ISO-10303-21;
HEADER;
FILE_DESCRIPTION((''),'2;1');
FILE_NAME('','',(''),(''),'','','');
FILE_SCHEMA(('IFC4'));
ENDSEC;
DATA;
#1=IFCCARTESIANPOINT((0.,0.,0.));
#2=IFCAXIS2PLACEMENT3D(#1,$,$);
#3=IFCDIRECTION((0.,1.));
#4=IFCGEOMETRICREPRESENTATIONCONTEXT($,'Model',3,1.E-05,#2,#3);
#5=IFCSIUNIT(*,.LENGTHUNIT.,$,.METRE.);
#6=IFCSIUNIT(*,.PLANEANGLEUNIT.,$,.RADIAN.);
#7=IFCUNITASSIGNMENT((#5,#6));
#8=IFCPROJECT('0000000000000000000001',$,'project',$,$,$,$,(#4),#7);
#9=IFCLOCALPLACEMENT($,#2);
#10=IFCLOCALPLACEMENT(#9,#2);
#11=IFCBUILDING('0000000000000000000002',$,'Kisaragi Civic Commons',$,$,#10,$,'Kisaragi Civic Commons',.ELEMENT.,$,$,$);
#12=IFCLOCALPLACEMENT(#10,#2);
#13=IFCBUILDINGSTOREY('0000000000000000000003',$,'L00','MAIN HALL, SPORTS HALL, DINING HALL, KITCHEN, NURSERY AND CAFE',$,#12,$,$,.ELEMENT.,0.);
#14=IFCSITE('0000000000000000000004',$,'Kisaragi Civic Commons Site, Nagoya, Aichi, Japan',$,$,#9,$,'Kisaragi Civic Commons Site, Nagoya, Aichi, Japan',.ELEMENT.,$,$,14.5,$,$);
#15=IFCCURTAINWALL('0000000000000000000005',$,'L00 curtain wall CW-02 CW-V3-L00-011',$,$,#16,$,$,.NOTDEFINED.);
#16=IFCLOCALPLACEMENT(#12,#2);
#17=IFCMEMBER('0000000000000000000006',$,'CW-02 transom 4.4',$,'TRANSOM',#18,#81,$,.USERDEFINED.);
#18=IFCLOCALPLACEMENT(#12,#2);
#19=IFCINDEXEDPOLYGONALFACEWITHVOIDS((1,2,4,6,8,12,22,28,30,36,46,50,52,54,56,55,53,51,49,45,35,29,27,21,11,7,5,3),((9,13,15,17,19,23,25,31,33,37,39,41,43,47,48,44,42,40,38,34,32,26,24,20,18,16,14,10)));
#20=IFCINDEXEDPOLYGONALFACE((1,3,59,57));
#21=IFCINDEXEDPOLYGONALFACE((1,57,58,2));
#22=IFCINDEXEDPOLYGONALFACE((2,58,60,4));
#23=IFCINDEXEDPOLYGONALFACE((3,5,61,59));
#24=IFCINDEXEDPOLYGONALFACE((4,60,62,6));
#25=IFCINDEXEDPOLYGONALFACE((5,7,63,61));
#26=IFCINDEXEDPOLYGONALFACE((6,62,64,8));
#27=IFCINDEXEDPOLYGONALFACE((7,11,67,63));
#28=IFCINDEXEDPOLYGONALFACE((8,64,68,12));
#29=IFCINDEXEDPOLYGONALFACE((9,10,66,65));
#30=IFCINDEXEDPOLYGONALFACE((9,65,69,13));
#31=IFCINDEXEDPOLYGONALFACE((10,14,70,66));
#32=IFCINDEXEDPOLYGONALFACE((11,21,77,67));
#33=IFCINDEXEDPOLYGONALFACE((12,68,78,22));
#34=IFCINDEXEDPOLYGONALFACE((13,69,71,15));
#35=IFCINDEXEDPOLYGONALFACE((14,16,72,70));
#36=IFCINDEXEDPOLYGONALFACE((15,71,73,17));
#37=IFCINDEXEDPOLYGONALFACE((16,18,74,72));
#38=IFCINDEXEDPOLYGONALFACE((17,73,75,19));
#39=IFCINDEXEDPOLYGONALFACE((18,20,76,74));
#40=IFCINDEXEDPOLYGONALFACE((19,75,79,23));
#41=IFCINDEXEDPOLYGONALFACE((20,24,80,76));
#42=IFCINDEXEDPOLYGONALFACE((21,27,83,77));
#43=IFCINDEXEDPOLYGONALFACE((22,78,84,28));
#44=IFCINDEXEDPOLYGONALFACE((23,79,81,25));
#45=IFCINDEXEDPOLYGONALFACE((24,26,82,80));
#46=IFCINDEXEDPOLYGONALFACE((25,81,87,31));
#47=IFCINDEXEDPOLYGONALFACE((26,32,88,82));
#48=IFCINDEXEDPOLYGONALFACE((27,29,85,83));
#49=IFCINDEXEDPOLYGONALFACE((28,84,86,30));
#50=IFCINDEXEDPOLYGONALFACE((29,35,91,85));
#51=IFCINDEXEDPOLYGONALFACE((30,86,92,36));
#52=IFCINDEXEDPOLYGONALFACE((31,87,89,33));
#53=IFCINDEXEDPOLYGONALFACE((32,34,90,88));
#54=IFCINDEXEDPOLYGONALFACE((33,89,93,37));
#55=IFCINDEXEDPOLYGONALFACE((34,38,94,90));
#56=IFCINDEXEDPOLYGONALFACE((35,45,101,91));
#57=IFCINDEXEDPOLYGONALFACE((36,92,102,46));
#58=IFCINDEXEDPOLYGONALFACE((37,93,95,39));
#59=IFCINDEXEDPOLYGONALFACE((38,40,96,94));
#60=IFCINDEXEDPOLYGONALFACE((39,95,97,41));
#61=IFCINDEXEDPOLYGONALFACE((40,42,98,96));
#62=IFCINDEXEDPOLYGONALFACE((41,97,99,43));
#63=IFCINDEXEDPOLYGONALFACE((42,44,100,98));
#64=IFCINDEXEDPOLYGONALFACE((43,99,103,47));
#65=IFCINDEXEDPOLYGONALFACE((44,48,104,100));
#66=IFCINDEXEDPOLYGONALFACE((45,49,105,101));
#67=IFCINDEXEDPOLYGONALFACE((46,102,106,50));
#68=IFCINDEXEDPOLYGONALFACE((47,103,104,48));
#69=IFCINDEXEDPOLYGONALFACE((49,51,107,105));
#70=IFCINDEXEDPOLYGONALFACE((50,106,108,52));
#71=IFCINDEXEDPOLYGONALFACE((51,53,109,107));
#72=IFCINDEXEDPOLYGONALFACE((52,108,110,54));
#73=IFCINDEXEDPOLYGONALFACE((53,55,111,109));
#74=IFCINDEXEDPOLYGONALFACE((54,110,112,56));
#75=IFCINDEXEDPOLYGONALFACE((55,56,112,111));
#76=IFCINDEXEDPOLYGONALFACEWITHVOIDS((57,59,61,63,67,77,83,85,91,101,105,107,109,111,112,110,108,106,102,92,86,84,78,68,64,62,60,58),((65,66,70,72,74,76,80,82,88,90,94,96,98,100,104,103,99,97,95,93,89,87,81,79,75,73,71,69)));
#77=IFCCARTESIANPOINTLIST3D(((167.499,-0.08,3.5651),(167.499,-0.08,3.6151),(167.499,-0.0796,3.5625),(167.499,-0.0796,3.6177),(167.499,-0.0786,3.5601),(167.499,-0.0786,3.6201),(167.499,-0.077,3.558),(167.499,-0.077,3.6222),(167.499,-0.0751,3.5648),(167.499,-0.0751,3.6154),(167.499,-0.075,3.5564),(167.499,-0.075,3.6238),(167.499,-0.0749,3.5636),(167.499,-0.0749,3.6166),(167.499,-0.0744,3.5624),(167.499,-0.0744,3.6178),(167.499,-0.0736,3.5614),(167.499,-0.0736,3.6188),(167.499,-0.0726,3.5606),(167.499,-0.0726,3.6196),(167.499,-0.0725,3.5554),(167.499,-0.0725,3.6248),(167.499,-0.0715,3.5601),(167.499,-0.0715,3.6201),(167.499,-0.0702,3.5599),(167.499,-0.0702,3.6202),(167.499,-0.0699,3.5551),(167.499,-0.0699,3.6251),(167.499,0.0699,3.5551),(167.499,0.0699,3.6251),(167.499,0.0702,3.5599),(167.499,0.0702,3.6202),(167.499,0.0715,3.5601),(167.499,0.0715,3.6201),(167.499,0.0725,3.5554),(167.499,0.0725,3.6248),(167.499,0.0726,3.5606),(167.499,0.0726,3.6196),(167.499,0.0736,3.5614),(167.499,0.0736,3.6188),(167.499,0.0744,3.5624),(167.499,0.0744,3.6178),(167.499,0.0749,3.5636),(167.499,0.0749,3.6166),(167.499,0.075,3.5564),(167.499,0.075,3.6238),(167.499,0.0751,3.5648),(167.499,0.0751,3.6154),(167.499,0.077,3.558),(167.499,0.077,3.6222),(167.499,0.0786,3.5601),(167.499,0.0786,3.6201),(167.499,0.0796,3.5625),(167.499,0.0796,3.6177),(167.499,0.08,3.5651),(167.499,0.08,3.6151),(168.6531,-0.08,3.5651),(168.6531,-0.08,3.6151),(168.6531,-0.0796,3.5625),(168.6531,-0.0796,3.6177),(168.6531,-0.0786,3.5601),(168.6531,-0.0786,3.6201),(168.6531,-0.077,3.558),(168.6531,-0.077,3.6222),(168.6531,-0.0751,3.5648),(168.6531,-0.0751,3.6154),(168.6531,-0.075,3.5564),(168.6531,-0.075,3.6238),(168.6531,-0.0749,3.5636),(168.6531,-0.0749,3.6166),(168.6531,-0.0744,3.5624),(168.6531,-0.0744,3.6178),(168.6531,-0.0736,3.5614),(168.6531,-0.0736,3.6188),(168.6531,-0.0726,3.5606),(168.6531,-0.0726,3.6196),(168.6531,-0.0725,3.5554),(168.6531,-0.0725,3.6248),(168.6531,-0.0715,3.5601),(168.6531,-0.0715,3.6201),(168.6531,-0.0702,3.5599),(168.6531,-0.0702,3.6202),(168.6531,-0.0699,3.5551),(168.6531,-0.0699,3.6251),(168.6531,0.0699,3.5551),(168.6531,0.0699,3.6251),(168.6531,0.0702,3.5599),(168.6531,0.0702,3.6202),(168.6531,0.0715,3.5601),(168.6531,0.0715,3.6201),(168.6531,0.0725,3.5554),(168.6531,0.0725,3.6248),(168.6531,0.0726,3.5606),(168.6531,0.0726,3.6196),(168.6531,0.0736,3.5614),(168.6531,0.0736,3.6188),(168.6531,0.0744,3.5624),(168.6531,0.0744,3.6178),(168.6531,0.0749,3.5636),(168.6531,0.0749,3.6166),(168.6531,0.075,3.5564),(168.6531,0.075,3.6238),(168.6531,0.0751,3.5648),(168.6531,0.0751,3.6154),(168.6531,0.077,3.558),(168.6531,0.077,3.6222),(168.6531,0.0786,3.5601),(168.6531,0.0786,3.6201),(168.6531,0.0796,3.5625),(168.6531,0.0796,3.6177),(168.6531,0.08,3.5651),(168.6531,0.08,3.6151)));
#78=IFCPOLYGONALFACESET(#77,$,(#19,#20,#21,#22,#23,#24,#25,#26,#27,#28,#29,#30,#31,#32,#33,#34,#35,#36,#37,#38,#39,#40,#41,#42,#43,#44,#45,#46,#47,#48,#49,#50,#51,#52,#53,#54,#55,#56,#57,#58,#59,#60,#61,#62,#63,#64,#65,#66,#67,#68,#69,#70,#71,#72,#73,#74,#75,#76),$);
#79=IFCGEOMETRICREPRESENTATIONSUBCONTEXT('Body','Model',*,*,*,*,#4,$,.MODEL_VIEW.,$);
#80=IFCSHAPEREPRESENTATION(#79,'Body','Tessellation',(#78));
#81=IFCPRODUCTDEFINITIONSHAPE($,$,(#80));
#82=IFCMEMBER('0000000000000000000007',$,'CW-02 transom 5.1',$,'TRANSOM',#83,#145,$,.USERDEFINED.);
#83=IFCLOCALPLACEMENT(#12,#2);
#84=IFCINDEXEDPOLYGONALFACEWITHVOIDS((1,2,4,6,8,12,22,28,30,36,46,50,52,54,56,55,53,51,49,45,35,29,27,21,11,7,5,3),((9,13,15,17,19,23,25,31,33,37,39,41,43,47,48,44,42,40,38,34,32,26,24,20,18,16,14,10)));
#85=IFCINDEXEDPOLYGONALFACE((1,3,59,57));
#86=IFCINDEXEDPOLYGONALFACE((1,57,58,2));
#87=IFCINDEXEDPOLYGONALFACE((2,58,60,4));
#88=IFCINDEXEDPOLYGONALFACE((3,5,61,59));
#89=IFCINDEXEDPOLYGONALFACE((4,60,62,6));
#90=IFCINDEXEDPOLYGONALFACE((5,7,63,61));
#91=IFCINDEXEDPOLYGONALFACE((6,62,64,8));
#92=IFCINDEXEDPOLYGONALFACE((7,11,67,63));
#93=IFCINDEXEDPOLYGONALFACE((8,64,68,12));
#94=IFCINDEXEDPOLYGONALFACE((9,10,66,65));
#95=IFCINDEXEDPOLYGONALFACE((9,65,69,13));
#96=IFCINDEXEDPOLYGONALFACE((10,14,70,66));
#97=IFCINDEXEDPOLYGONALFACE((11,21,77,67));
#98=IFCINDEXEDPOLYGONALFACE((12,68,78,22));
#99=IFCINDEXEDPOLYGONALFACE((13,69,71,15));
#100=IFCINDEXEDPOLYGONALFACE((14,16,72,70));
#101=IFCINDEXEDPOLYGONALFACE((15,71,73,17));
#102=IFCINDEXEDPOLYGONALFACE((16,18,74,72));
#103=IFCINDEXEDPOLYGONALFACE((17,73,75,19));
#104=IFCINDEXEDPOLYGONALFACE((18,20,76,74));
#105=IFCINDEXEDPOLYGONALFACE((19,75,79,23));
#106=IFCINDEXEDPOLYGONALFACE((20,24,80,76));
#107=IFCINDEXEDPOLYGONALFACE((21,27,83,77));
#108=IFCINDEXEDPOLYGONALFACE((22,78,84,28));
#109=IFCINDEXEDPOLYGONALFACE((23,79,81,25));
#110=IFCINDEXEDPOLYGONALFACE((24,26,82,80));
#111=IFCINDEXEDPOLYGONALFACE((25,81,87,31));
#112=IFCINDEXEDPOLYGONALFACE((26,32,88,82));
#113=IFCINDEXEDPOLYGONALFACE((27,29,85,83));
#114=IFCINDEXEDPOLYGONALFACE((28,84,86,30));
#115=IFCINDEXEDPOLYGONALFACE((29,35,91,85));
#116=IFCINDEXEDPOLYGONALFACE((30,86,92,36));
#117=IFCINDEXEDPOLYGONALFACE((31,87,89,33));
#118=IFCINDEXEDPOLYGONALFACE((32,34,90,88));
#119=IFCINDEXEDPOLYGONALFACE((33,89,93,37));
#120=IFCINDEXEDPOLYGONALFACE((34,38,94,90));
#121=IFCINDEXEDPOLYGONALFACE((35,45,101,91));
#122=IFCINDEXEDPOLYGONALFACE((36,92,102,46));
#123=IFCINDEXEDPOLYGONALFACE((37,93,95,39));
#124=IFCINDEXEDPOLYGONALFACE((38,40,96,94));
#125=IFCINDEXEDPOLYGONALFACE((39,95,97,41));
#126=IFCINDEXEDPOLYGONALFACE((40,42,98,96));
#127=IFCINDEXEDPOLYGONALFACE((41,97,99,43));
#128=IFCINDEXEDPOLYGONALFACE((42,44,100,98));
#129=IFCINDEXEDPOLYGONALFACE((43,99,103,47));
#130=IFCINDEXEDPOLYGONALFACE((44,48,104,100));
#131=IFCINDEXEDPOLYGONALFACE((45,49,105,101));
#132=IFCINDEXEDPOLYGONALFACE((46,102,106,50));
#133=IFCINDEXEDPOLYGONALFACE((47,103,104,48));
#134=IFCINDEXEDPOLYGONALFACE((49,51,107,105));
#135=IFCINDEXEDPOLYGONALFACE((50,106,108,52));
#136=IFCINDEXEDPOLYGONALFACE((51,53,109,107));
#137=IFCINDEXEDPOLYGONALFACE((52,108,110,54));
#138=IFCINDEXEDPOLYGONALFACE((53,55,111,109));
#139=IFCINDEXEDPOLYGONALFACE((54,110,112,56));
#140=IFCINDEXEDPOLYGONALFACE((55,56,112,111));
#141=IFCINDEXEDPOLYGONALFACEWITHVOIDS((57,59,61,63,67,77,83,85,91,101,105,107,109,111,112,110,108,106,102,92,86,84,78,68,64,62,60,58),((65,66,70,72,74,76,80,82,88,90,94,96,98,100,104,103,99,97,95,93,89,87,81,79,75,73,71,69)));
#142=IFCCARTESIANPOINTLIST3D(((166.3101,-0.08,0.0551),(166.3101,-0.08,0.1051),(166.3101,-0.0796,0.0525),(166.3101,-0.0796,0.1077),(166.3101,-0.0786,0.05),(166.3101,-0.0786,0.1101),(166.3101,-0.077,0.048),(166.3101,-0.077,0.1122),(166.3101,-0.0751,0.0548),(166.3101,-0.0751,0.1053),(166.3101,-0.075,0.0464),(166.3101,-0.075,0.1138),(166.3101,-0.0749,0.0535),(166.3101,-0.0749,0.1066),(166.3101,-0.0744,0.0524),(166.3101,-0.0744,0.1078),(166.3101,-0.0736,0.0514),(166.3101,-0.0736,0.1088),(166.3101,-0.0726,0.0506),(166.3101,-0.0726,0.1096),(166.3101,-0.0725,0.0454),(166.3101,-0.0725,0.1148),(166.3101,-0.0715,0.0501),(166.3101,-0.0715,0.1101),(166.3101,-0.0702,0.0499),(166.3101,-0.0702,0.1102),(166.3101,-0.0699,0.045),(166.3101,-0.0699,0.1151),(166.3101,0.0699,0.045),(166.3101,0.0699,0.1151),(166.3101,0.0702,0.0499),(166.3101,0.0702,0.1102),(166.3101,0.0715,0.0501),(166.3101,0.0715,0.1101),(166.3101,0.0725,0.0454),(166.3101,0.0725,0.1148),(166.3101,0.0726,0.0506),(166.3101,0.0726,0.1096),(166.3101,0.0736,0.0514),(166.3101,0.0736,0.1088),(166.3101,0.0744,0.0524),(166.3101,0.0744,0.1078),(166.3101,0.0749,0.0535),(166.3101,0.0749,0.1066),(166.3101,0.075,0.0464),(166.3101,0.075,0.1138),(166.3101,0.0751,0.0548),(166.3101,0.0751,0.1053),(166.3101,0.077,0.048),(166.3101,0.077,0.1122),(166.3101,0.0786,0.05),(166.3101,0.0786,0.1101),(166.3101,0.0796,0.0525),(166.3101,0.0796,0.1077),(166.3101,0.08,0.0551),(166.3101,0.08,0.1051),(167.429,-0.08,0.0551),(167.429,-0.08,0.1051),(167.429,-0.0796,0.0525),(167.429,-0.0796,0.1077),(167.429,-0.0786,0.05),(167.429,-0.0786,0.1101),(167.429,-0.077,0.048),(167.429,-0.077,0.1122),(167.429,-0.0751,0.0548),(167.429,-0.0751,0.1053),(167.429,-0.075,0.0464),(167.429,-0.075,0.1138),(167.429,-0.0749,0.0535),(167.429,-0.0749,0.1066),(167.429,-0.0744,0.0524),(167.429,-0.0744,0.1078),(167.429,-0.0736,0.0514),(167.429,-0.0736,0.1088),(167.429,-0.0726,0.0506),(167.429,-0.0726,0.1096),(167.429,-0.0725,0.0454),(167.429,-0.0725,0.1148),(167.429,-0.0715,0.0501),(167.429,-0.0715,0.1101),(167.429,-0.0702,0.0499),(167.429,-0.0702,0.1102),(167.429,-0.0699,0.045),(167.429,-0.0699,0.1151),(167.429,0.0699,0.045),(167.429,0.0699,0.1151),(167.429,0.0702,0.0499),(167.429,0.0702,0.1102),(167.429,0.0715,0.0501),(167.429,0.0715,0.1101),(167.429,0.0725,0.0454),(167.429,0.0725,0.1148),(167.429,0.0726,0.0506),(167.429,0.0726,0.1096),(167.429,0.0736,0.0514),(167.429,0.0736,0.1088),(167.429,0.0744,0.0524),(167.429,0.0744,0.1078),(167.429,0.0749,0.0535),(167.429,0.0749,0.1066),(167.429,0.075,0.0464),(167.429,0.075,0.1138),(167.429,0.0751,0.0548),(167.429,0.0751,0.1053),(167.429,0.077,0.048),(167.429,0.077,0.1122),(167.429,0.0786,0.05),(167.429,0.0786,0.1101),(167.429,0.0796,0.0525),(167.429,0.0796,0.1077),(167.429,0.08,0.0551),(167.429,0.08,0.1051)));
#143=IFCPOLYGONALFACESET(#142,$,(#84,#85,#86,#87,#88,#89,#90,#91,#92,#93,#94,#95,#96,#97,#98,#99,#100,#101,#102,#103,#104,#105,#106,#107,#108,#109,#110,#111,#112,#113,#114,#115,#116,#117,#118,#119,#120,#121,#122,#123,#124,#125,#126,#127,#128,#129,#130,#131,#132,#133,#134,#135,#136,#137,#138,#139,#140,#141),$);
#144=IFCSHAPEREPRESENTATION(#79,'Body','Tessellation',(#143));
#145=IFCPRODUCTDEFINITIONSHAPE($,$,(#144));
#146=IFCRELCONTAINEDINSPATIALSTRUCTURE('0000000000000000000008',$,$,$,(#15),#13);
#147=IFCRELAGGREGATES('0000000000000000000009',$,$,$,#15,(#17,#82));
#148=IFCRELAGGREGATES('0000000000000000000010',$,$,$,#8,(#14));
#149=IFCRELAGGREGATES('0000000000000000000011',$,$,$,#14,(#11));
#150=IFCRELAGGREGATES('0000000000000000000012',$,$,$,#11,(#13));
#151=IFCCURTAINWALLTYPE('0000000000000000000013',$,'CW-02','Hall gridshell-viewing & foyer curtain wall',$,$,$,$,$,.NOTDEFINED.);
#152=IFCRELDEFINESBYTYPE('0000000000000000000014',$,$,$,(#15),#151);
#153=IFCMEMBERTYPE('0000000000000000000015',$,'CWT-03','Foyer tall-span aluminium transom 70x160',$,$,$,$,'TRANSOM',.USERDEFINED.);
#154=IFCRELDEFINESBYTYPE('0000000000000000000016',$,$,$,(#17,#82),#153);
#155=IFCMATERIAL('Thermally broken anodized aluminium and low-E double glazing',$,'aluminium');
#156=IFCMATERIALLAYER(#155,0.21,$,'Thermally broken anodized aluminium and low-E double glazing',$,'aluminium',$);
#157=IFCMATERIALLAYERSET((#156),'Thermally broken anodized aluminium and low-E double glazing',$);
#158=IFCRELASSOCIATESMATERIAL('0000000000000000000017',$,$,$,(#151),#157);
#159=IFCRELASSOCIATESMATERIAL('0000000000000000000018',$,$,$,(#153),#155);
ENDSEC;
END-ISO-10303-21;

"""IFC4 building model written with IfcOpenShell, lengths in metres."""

from ifc_helpers import new_model, si_unit, direction, frame, origin, origin_2d, place, context, subcontext, project, spatial, hollow_rectangle, extrude, material, layer, layer_set, material_profile, profile_set, type_object, element, aggregate, save


model = new_model("IFC4")

# Units and contexts
model_context = context("Model", 3, precision=1e-05, world=origin(), true_north=direction((0.0, 1.0)))
body_context = subcontext(model_context, "Body", "Model", "MODEL_VIEW")
ifc_project = project(units=[si_unit("LENGTHUNIT", "METRE"), si_unit("PLANEANGLEUNIT", "RADIAN")], contexts=[model_context])

# Site, building, storey
site_placement = place(None, origin())
site = spatial("IfcSite", under=ifc_project, at=site_placement, Name="Kisaragi Civic Commons Site, Nagoya, Aichi, Japan", LongName="Kisaragi Civic Commons Site, Nagoya, Aichi, Japan", CompositionType="ELEMENT", RefElevation=14.5)
building_placement = place(site_placement, origin())
building = spatial("IfcBuilding", under=site, at=building_placement, Name="Kisaragi Civic Commons", LongName="Kisaragi Civic Commons", CompositionType="ELEMENT")
storey_placement = place(building_placement, origin())
storey = spatial("IfcBuildingStorey", under=building, at=storey_placement, Name="L00", Description="MAIN HALL, SPORTS HALL, DINING HALL, KITCHEN, NURSERY AND CAFE", CompositionType="ELEMENT", Elevation=0.0)

# Curtain wall
ifc_material = material(Name="Thermally broken anodized aluminium and low-E double glazing", Category="aluminium")
ifc_layer_1 = layer(ifc_material, 0.21, Name="Thermally broken anodized aluminium and low-E double glazing", Category="aluminium")
ifc_layer_set_1 = layer_set([ifc_layer_1], Name="Thermally broken anodized aluminium and low-E double glazing")
curtain_wall_type = type_object("IfcCurtainWallType", Name="CW-02", Description="Hall gridshell-viewing & foyer curtain wall", PredefinedType="NOTDEFINED", material=ifc_layer_set_1)
curtain_wall_1_placement = place(storey_placement, origin())
curtain_wall_1 = element("IfcCurtainWall", 1, at=curtain_wall_1_placement, inside=storey, type_object=curtain_wall_type, Name="L00 curtain wall CW-02 CW-V3-L00-011", PredefinedType="NOTDEFINED")

# Members
ifc_material_profile_1 = material_profile(ifc_material, hollow_rectangle(XDim=0.1599, YDim=0.0701, WallThickness=0.0049, InnerFilletRadius=0.0049, OuterFilletRadius=0.01, at=origin_2d()), Name="CWT-70x160x5", Category="aluminium")
ifc_profile_set_1 = profile_set([ifc_material_profile_1], Name="Thermally broken anodized aluminium and low-E double glazing")
member_type_1 = type_object("IfcMemberType", Name="CWT-03", Description="Foyer tall-span aluminium transom 70x160", ElementType="TRANSOM", PredefinedType="USERDEFINED", material=ifc_profile_set_1)
member_1_placement = place(storey_placement, frame((168.6531, 0.0, 3.5901), z_axis=(-1.0, 0.0, 0.0), x_axis=(0.0, -1.0, 0.0)))
member_1 = element("IfcMember", 2, at=member_1_placement, type_object=member_type_1, Name="CW-02 transom 4.4", ObjectType="TRANSOM", PredefinedType="USERDEFINED", context=body_context, shape_type="SweptSolid", body=[
    extrude(hollow_rectangle(XDim=0.1599, YDim=0.0701, WallThickness=0.0049, InnerFilletRadius=0.0049, OuterFilletRadius=0.01, at=origin_2d()), origin(), (0.0, 0.0, 1.0), 1.1541),
])
member_2_placement = place(storey_placement, frame((167.429, 0.0, 0.0801), z_axis=(-1.0, 0.0, 0.0), x_axis=(0.0, -1.0, 0.0)))
member_2 = element("IfcMember", 3, at=member_2_placement, type_object=member_type_1, Name="CW-02 transom 5.1", ObjectType="TRANSOM", PredefinedType="USERDEFINED", context=body_context, shape_type="SweptSolid", body=[
    extrude(hollow_rectangle(XDim=0.1599, YDim=0.0701, WallThickness=0.0049, InnerFilletRadius=0.0049, OuterFilletRadius=0.01, at=origin_2d()), origin(), (0.0, 0.0, 1.0), 1.1189),
])

aggregate(curtain_wall_1, [member_1, member_2])

save(model, "model.ifc")
